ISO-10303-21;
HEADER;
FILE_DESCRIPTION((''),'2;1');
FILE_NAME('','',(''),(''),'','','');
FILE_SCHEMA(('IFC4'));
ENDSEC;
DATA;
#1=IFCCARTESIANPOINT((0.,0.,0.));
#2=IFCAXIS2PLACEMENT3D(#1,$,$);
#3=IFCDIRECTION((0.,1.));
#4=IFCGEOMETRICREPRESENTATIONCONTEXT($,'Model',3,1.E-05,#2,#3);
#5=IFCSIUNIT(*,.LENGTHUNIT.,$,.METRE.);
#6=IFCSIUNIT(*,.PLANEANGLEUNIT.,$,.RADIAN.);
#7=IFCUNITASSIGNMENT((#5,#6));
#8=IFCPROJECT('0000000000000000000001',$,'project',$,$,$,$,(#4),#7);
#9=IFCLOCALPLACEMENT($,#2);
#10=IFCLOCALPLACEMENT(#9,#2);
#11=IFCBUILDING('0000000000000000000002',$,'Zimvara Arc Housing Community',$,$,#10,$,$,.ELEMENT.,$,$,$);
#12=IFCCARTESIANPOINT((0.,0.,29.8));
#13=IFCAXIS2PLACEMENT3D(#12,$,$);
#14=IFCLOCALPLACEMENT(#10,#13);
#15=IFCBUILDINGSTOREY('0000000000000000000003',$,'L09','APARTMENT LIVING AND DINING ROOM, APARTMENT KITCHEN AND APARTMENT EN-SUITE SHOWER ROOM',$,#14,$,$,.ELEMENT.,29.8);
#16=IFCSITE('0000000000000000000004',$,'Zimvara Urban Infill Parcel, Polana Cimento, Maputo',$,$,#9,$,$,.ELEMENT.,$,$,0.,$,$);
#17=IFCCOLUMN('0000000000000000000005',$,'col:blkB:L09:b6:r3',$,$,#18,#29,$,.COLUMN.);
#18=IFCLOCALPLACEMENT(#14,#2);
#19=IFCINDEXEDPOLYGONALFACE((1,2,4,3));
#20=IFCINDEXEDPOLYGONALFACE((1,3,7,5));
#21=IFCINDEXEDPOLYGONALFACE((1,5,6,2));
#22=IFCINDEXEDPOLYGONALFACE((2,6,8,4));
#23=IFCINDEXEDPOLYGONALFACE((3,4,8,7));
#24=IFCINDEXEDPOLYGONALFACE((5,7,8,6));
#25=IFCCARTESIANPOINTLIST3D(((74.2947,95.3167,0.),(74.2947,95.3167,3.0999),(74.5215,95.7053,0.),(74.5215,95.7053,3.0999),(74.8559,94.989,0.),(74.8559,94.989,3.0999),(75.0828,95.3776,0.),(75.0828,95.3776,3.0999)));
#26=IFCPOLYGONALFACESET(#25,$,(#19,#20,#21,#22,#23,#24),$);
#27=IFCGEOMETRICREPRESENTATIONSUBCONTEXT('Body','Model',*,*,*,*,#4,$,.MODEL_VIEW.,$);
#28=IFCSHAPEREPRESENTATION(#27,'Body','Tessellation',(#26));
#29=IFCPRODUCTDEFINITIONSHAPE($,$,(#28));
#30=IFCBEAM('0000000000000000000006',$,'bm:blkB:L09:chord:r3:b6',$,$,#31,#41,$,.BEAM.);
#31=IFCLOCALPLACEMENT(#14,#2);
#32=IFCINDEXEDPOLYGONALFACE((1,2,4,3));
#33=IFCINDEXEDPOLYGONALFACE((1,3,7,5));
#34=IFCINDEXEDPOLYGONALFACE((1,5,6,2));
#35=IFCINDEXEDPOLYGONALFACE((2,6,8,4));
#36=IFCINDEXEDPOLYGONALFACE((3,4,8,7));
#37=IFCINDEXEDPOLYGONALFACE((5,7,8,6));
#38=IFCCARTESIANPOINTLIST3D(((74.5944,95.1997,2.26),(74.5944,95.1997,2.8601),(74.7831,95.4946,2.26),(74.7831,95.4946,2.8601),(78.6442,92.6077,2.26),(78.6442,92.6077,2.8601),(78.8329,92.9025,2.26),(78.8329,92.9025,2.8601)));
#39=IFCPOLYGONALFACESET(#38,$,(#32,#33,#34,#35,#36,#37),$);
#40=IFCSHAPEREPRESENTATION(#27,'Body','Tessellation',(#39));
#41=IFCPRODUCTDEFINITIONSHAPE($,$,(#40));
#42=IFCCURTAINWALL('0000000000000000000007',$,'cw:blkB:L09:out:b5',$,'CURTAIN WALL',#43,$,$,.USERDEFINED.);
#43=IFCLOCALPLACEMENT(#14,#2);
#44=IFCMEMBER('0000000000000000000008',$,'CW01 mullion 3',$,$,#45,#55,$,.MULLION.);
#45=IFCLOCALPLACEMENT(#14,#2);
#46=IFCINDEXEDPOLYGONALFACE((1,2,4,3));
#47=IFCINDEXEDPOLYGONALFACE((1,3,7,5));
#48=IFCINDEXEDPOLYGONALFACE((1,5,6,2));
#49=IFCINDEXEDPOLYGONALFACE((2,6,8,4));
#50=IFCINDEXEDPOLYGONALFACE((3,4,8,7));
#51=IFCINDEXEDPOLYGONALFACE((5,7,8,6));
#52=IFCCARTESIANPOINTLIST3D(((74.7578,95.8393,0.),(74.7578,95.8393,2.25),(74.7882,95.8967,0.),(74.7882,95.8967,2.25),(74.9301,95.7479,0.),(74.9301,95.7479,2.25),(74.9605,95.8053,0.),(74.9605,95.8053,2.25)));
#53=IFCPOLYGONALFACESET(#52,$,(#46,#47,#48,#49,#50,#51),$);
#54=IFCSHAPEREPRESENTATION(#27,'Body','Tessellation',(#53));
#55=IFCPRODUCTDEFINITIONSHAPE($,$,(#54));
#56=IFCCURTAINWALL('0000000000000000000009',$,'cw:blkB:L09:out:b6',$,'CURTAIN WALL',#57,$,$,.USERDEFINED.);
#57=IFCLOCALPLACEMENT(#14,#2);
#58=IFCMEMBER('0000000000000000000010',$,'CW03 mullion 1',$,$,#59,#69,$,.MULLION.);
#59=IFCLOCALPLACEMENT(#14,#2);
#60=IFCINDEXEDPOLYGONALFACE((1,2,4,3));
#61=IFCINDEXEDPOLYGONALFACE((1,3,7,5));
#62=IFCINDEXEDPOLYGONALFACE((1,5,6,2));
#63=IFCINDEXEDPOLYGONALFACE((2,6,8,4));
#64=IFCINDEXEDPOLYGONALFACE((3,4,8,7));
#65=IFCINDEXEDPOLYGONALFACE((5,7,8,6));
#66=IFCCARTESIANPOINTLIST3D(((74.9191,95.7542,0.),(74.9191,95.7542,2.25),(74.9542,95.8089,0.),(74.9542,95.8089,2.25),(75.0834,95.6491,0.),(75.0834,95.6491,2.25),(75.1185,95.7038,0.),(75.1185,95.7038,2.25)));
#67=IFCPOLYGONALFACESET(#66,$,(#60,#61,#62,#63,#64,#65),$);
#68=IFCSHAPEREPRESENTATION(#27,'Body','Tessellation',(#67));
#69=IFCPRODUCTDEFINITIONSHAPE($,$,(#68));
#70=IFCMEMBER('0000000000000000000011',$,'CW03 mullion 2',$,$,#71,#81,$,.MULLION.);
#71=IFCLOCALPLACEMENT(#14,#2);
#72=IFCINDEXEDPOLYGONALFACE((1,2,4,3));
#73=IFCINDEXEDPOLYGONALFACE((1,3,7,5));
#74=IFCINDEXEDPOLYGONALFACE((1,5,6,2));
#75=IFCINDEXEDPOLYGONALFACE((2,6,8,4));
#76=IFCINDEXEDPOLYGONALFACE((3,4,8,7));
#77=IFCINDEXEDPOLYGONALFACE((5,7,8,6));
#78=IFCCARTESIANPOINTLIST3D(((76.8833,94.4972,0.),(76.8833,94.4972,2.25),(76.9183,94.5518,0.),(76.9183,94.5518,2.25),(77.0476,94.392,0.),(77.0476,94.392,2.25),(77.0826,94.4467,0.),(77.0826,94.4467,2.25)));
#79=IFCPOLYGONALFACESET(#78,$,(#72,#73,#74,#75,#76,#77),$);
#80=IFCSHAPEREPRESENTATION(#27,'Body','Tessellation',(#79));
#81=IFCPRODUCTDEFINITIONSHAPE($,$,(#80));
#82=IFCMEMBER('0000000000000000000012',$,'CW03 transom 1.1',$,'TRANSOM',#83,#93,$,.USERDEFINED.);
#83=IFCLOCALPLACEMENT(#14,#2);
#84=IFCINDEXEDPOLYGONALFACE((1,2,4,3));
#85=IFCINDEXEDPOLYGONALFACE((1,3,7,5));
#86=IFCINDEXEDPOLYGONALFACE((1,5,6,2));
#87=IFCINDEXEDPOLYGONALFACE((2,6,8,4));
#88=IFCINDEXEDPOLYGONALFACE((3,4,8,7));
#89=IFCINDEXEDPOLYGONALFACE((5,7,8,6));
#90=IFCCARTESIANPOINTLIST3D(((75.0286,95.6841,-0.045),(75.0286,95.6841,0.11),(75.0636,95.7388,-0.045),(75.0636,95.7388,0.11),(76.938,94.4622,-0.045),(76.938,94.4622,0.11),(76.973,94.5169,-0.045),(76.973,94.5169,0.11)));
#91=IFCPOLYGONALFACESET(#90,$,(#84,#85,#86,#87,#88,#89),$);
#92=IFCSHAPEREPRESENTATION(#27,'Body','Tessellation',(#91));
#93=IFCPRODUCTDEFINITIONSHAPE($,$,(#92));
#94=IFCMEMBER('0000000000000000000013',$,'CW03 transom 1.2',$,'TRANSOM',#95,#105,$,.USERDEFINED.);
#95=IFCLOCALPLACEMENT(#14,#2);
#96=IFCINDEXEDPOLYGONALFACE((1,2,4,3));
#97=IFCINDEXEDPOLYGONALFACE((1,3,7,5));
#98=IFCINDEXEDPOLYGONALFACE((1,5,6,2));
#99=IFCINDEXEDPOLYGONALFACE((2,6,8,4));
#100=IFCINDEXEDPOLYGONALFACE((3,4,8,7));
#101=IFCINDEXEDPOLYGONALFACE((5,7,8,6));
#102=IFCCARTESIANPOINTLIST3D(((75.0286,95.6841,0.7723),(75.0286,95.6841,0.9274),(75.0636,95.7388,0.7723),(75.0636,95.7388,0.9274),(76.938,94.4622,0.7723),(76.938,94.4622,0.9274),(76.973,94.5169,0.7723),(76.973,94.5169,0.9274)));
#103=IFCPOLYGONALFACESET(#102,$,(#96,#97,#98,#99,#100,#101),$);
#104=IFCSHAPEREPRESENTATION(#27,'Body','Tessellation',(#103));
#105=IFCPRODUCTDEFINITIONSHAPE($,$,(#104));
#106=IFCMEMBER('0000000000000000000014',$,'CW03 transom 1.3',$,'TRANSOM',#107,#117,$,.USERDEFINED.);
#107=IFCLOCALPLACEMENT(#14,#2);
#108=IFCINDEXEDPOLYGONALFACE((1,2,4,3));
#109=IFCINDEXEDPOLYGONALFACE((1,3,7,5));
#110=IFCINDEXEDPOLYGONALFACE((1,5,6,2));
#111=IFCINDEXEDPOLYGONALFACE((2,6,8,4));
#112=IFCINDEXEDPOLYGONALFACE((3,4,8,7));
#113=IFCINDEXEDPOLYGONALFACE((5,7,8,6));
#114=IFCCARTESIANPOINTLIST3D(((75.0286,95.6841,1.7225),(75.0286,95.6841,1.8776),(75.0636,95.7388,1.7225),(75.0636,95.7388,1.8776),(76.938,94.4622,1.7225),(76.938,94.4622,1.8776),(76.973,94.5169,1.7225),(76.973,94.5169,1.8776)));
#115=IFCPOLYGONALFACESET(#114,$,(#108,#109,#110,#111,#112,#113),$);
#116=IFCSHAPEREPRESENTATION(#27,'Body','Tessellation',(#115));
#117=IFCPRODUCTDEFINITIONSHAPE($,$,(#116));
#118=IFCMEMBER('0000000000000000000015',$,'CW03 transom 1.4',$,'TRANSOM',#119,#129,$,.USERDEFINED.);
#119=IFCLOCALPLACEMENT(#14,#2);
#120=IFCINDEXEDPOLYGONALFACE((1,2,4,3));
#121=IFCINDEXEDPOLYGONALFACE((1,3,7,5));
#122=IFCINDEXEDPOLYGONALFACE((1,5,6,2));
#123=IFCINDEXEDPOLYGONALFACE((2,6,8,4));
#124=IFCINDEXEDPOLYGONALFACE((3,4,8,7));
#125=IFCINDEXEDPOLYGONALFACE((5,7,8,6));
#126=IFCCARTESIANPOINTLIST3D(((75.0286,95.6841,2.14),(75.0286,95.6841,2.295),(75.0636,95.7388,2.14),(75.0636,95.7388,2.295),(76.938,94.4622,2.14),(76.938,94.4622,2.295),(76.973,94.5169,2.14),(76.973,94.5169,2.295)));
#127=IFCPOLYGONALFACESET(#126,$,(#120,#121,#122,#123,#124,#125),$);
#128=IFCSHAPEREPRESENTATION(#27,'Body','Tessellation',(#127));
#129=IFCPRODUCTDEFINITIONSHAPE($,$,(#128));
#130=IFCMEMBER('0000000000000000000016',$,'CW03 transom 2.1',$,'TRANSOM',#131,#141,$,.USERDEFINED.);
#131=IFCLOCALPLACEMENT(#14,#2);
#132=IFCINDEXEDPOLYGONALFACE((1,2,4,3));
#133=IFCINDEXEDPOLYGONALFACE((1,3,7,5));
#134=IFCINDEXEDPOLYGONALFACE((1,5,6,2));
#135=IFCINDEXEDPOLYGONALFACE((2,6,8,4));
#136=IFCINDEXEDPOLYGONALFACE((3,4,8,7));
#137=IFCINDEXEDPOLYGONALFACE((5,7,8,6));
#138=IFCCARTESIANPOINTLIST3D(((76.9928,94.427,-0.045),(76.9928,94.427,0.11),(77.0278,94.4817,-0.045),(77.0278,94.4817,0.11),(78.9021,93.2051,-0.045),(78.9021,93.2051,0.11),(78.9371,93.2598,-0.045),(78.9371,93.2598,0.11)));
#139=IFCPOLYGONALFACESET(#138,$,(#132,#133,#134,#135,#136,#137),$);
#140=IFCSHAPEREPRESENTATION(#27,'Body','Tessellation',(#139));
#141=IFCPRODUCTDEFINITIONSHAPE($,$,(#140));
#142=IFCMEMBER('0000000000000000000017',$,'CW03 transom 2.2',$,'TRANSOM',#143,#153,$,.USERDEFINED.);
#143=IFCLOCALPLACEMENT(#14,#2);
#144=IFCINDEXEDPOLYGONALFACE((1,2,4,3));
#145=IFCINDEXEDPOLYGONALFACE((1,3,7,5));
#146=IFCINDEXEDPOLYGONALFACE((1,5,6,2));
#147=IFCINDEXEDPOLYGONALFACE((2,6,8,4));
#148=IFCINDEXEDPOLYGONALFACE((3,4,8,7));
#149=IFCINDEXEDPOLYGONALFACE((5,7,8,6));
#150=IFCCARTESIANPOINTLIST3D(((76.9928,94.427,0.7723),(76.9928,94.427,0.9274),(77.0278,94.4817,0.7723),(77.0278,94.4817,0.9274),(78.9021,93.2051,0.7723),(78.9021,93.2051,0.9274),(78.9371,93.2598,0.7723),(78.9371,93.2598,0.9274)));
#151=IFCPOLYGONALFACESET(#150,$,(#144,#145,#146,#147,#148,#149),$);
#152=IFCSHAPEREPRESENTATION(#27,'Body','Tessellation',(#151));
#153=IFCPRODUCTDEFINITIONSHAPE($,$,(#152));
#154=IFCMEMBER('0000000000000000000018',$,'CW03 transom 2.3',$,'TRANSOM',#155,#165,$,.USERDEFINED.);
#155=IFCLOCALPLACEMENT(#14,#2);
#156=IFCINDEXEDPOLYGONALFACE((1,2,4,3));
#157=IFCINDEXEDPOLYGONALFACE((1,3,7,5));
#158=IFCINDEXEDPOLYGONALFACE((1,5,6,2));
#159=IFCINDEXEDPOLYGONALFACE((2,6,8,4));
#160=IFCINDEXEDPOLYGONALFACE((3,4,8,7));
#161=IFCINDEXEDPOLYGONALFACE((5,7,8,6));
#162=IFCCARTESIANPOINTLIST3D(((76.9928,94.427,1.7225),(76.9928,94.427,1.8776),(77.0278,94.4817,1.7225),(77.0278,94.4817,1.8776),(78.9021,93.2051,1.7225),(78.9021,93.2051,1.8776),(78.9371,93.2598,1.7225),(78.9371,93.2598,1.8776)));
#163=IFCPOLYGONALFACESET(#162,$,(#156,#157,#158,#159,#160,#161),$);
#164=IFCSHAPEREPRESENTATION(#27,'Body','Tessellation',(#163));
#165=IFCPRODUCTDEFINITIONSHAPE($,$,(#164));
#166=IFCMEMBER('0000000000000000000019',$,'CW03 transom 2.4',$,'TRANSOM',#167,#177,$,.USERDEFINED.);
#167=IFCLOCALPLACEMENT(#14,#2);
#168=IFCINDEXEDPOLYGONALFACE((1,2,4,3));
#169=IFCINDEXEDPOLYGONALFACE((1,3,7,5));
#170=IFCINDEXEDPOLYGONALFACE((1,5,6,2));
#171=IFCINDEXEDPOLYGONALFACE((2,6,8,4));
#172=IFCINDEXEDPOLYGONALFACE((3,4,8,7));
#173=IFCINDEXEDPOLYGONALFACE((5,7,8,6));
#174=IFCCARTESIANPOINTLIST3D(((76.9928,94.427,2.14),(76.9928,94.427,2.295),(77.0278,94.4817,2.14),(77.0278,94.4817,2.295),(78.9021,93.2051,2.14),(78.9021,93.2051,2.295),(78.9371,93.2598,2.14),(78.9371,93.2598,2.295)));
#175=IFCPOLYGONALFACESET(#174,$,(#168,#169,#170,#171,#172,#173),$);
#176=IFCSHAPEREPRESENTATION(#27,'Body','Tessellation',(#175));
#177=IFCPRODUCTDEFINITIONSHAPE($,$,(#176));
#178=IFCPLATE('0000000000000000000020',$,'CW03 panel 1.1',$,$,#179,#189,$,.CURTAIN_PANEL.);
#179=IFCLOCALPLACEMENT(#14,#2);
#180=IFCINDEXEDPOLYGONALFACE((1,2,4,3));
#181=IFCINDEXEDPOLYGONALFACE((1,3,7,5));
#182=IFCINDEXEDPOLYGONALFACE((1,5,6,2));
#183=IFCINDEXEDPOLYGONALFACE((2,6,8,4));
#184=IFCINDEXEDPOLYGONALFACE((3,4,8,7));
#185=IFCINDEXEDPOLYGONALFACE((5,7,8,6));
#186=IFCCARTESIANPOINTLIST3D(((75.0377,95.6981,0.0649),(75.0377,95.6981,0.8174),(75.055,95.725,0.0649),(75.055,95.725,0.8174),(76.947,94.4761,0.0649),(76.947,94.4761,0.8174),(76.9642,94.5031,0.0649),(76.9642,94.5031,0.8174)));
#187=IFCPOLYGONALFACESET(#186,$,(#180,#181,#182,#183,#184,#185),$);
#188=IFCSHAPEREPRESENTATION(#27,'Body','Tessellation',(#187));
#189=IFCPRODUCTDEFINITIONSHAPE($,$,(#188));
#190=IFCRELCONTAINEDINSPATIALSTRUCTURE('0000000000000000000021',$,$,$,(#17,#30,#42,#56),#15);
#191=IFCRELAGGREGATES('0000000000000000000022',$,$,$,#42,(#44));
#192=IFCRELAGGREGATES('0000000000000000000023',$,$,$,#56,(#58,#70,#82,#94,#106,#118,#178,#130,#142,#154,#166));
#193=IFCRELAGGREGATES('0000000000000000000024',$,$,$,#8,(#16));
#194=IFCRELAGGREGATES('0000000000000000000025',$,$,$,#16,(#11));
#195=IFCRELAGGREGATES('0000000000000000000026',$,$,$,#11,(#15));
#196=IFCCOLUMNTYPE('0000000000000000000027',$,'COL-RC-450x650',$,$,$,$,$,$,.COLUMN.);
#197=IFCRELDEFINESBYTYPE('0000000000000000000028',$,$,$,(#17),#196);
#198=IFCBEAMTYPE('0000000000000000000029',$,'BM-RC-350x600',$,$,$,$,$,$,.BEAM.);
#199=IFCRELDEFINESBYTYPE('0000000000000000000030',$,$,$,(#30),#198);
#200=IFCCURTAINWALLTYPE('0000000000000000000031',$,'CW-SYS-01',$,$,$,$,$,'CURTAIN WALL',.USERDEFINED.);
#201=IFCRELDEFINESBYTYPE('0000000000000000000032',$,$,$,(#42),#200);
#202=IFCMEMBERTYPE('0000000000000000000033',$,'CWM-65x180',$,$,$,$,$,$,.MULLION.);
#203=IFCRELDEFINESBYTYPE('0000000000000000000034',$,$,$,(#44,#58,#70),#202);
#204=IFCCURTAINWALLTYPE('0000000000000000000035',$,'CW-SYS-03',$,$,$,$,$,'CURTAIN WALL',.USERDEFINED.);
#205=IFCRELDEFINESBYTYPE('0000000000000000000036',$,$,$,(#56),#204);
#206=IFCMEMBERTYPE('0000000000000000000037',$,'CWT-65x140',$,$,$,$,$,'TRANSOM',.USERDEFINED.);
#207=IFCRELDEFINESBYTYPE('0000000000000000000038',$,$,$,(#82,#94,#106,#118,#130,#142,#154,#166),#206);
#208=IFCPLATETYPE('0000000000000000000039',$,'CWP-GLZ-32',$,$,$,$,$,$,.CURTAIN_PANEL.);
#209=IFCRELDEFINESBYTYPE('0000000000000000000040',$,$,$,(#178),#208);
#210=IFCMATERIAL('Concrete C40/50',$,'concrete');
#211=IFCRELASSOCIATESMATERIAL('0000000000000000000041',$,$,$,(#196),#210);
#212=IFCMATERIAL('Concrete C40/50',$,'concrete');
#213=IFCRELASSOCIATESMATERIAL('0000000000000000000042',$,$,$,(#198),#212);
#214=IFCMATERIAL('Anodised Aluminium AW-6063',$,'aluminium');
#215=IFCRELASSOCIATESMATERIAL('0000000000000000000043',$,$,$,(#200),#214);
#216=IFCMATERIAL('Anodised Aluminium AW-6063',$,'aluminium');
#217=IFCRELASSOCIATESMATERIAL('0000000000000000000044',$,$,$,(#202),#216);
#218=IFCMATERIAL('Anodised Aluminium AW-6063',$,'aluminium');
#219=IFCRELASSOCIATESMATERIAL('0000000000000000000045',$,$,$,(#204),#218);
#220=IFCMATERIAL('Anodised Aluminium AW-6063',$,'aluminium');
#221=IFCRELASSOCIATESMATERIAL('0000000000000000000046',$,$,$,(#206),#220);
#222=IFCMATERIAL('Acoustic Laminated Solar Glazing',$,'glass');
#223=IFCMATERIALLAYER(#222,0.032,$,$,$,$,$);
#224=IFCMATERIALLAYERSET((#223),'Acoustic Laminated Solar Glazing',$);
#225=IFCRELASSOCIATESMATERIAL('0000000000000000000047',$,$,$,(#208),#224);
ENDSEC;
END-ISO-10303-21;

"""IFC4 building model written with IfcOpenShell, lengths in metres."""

from ifc_helpers import new_model, si_unit, direction, frame, origin, origin_2d, place, context, subcontext, project, spatial, rectangle, extrude, material, layer, layer_set, material_profile, profile_set, type_object, element, aggregate, save


model = new_model("IFC4")

# Units and contexts
model_context = context("Model", 3, precision=1e-05, world=origin(), true_north=direction((0.0, 1.0)))
body_context = subcontext(model_context, "Body", "Model", "MODEL_VIEW")
ifc_project = project(units=[si_unit("LENGTHUNIT", "METRE"), si_unit("PLANEANGLEUNIT", "RADIAN")], contexts=[model_context])

# Site, building, storey
site_placement = place(None, origin())
site = spatial("IfcSite", under=ifc_project, at=site_placement, Name="Zimvara Urban Infill Parcel, Polana Cimento, Maputo", CompositionType="ELEMENT", RefElevation=0.0)
building_placement = place(site_placement, origin())
building = spatial("IfcBuilding", under=site, at=building_placement, Name="Zimvara Arc Housing Community", CompositionType="ELEMENT")
storey_placement = place(building_placement, frame((0.0, 0.0, 29.8)))
storey = spatial("IfcBuildingStorey", under=building, at=storey_placement, Name="L09", Description="APARTMENT LIVING AND DINING ROOM, APARTMENT KITCHEN AND APARTMENT EN-SUITE SHOWER ROOM", CompositionType="ELEMENT", Elevation=29.8)

# Column
ifc_material_1 = material(Name="Concrete C40/50", Category="concrete")
ifc_material_profile_1 = material_profile(ifc_material_1, rectangle(XDim=0.45, YDim=0.6499, at=origin_2d()), Name="RC 450x650")
ifc_profile_set_1 = profile_set([ifc_material_profile_1], Name="Concrete C40/50")
column_type = type_object("IfcColumnType", Name="COL-RC-450x650", PredefinedType="COLUMN", material=ifc_profile_set_1)
column_placement = place(storey_placement, frame((74.6887, 95.3472, 0.0), z_axis=(0.0, 0.0, 1.0), x_axis=(0.504226, 0.863572, 0.0)))
element("IfcColumn", 1, at=column_placement, inside=storey, type_object=column_type, Name="col:blkB:L09:b6:r3", PredefinedType="COLUMN", context=body_context, shape_type="SweptSolid", body=[
    extrude(rectangle(XDim=0.45, YDim=0.6499, at=origin_2d()), origin(), (0.0, 0.0, 1.0), 3.0999),
])

# Beam
ifc_material_2 = material(Name="Concrete C40/50", Category="concrete")
ifc_material_profile_2 = material_profile(ifc_material_2, rectangle(XDim=0.3501, YDim=0.6001, at=origin_2d()), Name="RC 350x600")
ifc_profile_set_2 = profile_set([ifc_material_profile_2], Name="Concrete C40/50")
beam_type = type_object("IfcBeamType", Name="BM-RC-350x600", PredefinedType="BEAM", material=ifc_profile_set_2)
beam_placement = place(storey_placement, frame((74.6887, 95.3472, 2.5601), z_axis=(0.842256, -0.539078, 0.0), x_axis=(0.539078, 0.842256, 0.0)))
element("IfcBeam", 2, at=beam_placement, inside=storey, type_object=beam_type, Name="bm:blkB:L09:chord:r3:b6", PredefinedType="BEAM", context=body_context, shape_type="SweptSolid", body=[
    extrude(rectangle(XDim=0.3501, YDim=0.6001, at=origin_2d()), origin(), (0.0, 0.0, 1.0), 4.8083),
])

# Curtain wall, member
ifc_material_3 = material(Name="Anodised Aluminium AW-6063", Category="aluminium")
curtain_wall_type_1 = type_object("IfcCurtainWallType", Name="CW-SYS-01", ElementType="CURTAIN WALL", PredefinedType="USERDEFINED", material=ifc_material_3)
curtain_wall_1_placement = place(storey_placement, origin())
curtain_wall_1 = element("IfcCurtainWall", 3, at=curtain_wall_1_placement, inside=storey, type_object=curtain_wall_type_1, Name="cw:blkB:L09:out:b5", ObjectType="CURTAIN WALL", PredefinedType="USERDEFINED")
ifc_material_4 = material(Name="Anodised Aluminium AW-6063", Category="aluminium")
ifc_material_profile_3 = material_profile(ifc_material_4, rectangle(XDim=0.0649, YDim=0.1951, at=origin_2d()), Name="ALU 65x195")
ifc_profile_set_3 = profile_set([ifc_material_profile_3], Name="Anodised Aluminium AW-6063")
member_type_1 = type_object("IfcMemberType", Name="CWM-65x180", PredefinedType="MULLION", material=ifc_profile_set_3)
member_1_placement = place(storey_placement, frame((74.8591, 95.8223, 0.0), z_axis=(0.0, 0.0, 1.0), x_axis=(0.468547, 0.883439, 0.0)))
member_1 = element("IfcMember", 4, at=member_1_placement, type_object=member_type_1, Name="CW01 mullion 3", PredefinedType="MULLION", context=body_context, shape_type="SweptSolid", body=[
    extrude(rectangle(XDim=0.0649, YDim=0.1951, at=origin_2d()), origin(), (0.0, 0.0, 1.0), 2.25),
])
aggregate(curtain_wall_1, [member_1])

# Curtain wall, members, plate
ifc_material_5 = material(Name="Anodised Aluminium AW-6063", Category="aluminium")
curtain_wall_type_2 = type_object("IfcCurtainWallType", Name="CW-SYS-03", ElementType="CURTAIN WALL", PredefinedType="USERDEFINED", material=ifc_material_5)
curtain_wall_2_placement = place(storey_placement, origin())
curtain_wall_2 = element("IfcCurtainWall", 5, at=curtain_wall_2_placement, inside=storey, type_object=curtain_wall_type_2, Name="cw:blkB:L09:out:b6", ObjectType="CURTAIN WALL", PredefinedType="USERDEFINED")
member_2_placement = place(storey_placement, frame((75.0188, 95.729, 0.0), z_axis=(0.0, 0.0, 1.0), x_axis=(0.539065, 0.842264, 0.0)))
member_2 = element("IfcMember", 6, at=member_2_placement, type_object=member_type_1, Name="CW03 mullion 1", PredefinedType="MULLION", context=body_context, shape_type="SweptSolid", body=[
    extrude(rectangle(XDim=0.0649, YDim=0.1951, at=origin_2d()), origin(), (0.0, 0.0, 1.0), 2.25),
])
member_3_placement = place(storey_placement, frame((76.9829, 94.4719, 0.0), z_axis=(0.0, 0.0, 1.0), x_axis=(0.539065, 0.842264, 0.0)))
member_3 = element("IfcMember", 7, at=member_3_placement, type_object=member_type_1, Name="CW03 mullion 2", PredefinedType="MULLION", context=body_context, shape_type="SweptSolid", body=[
    extrude(rectangle(XDim=0.0649, YDim=0.1951, at=origin_2d()), origin(), (0.0, 0.0, 1.0), 2.25),
])
ifc_material_6 = material(Name="Anodised Aluminium AW-6063", Category="aluminium")
ifc_material_profile_4 = material_profile(ifc_material_6, rectangle(XDim=0.0649, YDim=0.155, at=origin_2d()), Name="ALU 65x155")
ifc_profile_set_4 = profile_set([ifc_material_profile_4], Name="Anodised Aluminium AW-6063")
member_type_2 = type_object("IfcMemberType", Name="CWT-65x140", ElementType="TRANSOM", PredefinedType="USERDEFINED", material=ifc_profile_set_4)
member_4_placement = place(storey_placement, frame((75.0461, 95.7114, 0.0325), z_axis=(0.842293, -0.53902, 0.0), x_axis=(0.53902, 0.842293, 0.0)))
member_4 = element("IfcMember", 8, at=member_4_placement, type_object=member_type_2, Name="CW03 transom 1.1", ObjectType="TRANSOM", PredefinedType="USERDEFINED", context=body_context, shape_type="SweptSolid", body=[
    extrude(rectangle(XDim=0.0649, YDim=0.155, at=origin_2d()), origin(), (0.0, 0.0, 1.0), 2.2668),
])
member_5_placement = place(storey_placement, frame((75.0461, 95.7114, 0.8499), z_axis=(0.842293, -0.53902, 0.0), x_axis=(0.53902, 0.842293, 0.0)))
member_5 = element("IfcMember", 9, at=member_5_placement, type_object=member_type_2, Name="CW03 transom 1.2", ObjectType="TRANSOM", PredefinedType="USERDEFINED", context=body_context, shape_type="SweptSolid", body=[
    extrude(rectangle(XDim=0.0649, YDim=0.155, at=origin_2d()), origin(), (0.0, 0.0, 1.0), 2.2668),
])
member_6_placement = place(storey_placement, frame((75.0461, 95.7114, 1.8), z_axis=(0.842293, -0.53902, 0.0), x_axis=(0.53902, 0.842293, 0.0)))
member_6 = element("IfcMember", 10, at=member_6_placement, type_object=member_type_2, Name="CW03 transom 1.3", ObjectType="TRANSOM", PredefinedType="USERDEFINED", context=body_context, shape_type="SweptSolid", body=[
    extrude(rectangle(XDim=0.0649, YDim=0.155, at=origin_2d()), origin(), (0.0, 0.0, 1.0), 2.2668),
])
member_7_placement = place(storey_placement, frame((75.0461, 95.7114, 2.2175), z_axis=(0.842293, -0.53902, 0.0), x_axis=(0.53902, 0.842293, 0.0)))
member_7 = element("IfcMember", 11, at=member_7_placement, type_object=member_type_2, Name="CW03 transom 1.4", ObjectType="TRANSOM", PredefinedType="USERDEFINED", context=body_context, shape_type="SweptSolid", body=[
    extrude(rectangle(XDim=0.0649, YDim=0.155, at=origin_2d()), origin(), (0.0, 0.0, 1.0), 2.2668),
])
member_8_placement = place(storey_placement, frame((77.0103, 94.4543, 0.0325), z_axis=(0.842293, -0.53902, 0.0), x_axis=(0.53902, 0.842293, 0.0)))
member_8 = element("IfcMember", 12, at=member_8_placement, type_object=member_type_2, Name="CW03 transom 2.1", ObjectType="TRANSOM", PredefinedType="USERDEFINED", context=body_context, shape_type="SweptSolid", body=[
    extrude(rectangle(XDim=0.0649, YDim=0.155, at=origin_2d()), origin(), (0.0, 0.0, 1.0), 2.2668),
])
member_9_placement = place(storey_placement, frame((77.0103, 94.4543, 0.8499), z_axis=(0.842293, -0.53902, 0.0), x_axis=(0.53902, 0.842293, 0.0)))
member_9 = element("IfcMember", 13, at=member_9_placement, type_object=member_type_2, Name="CW03 transom 2.2", ObjectType="TRANSOM", PredefinedType="USERDEFINED", context=body_context, shape_type="SweptSolid", body=[
    extrude(rectangle(XDim=0.0649, YDim=0.155, at=origin_2d()), origin(), (0.0, 0.0, 1.0), 2.2668),
])
member_10_placement = place(storey_placement, frame((77.0103, 94.4543, 1.8), z_axis=(0.842293, -0.53902, 0.0), x_axis=(0.53902, 0.842293, 0.0)))
member_10 = element("IfcMember", 14, at=member_10_placement, type_object=member_type_2, Name="CW03 transom 2.3", ObjectType="TRANSOM", PredefinedType="USERDEFINED", context=body_context, shape_type="SweptSolid", body=[
    extrude(rectangle(XDim=0.0649, YDim=0.155, at=origin_2d()), origin(), (0.0, 0.0, 1.0), 2.2668),
])
member_11_placement = place(storey_placement, frame((77.0103, 94.4543, 2.2175), z_axis=(0.842293, -0.53902, 0.0), x_axis=(0.53902, 0.842293, 0.0)))
member_11 = element("IfcMember", 15, at=member_11_placement, type_object=member_type_2, Name="CW03 transom 2.4", ObjectType="TRANSOM", PredefinedType="USERDEFINED", context=body_context, shape_type="SweptSolid", body=[
    extrude(rectangle(XDim=0.0649, YDim=0.155, at=origin_2d()), origin(), (0.0, 0.0, 1.0), 2.2668),
])
ifc_material_7 = material(Name="Acoustic Laminated Solar Glazing", Category="glass")
ifc_layer_1 = layer(ifc_material_7, 0.032)
ifc_layer_set_1 = layer_set([ifc_layer_1], Name="Acoustic Laminated Solar Glazing")
plate_type = type_object("IfcPlateType", Name="CWP-GLZ-32", PredefinedType="CURTAIN_PANEL", material=ifc_layer_set_1)
plate_1_placement = place(storey_placement, frame((76.001, 95.1006, 0.0649), z_axis=(0.0, 0.0, 1.0), x_axis=(0.842264, -0.539065, 0.0)))
plate_1 = element("IfcPlate", 16, at=plate_1_placement, type_object=plate_type, Name="CW03 panel 1.1", PredefinedType="CURTAIN_PANEL", context=body_context, shape_type="SweptSolid", body=[
    extrude(rectangle(XDim=2.2668, YDim=0.032, at=origin_2d()), origin(), (0.0, 0.0, 1.0), 0.7524),
])
aggregate(curtain_wall_2, [member_2, member_3, member_4, member_5, member_6, member_7, plate_1, member_8, member_9, member_10, member_11])

save(model, "model.ifc")
